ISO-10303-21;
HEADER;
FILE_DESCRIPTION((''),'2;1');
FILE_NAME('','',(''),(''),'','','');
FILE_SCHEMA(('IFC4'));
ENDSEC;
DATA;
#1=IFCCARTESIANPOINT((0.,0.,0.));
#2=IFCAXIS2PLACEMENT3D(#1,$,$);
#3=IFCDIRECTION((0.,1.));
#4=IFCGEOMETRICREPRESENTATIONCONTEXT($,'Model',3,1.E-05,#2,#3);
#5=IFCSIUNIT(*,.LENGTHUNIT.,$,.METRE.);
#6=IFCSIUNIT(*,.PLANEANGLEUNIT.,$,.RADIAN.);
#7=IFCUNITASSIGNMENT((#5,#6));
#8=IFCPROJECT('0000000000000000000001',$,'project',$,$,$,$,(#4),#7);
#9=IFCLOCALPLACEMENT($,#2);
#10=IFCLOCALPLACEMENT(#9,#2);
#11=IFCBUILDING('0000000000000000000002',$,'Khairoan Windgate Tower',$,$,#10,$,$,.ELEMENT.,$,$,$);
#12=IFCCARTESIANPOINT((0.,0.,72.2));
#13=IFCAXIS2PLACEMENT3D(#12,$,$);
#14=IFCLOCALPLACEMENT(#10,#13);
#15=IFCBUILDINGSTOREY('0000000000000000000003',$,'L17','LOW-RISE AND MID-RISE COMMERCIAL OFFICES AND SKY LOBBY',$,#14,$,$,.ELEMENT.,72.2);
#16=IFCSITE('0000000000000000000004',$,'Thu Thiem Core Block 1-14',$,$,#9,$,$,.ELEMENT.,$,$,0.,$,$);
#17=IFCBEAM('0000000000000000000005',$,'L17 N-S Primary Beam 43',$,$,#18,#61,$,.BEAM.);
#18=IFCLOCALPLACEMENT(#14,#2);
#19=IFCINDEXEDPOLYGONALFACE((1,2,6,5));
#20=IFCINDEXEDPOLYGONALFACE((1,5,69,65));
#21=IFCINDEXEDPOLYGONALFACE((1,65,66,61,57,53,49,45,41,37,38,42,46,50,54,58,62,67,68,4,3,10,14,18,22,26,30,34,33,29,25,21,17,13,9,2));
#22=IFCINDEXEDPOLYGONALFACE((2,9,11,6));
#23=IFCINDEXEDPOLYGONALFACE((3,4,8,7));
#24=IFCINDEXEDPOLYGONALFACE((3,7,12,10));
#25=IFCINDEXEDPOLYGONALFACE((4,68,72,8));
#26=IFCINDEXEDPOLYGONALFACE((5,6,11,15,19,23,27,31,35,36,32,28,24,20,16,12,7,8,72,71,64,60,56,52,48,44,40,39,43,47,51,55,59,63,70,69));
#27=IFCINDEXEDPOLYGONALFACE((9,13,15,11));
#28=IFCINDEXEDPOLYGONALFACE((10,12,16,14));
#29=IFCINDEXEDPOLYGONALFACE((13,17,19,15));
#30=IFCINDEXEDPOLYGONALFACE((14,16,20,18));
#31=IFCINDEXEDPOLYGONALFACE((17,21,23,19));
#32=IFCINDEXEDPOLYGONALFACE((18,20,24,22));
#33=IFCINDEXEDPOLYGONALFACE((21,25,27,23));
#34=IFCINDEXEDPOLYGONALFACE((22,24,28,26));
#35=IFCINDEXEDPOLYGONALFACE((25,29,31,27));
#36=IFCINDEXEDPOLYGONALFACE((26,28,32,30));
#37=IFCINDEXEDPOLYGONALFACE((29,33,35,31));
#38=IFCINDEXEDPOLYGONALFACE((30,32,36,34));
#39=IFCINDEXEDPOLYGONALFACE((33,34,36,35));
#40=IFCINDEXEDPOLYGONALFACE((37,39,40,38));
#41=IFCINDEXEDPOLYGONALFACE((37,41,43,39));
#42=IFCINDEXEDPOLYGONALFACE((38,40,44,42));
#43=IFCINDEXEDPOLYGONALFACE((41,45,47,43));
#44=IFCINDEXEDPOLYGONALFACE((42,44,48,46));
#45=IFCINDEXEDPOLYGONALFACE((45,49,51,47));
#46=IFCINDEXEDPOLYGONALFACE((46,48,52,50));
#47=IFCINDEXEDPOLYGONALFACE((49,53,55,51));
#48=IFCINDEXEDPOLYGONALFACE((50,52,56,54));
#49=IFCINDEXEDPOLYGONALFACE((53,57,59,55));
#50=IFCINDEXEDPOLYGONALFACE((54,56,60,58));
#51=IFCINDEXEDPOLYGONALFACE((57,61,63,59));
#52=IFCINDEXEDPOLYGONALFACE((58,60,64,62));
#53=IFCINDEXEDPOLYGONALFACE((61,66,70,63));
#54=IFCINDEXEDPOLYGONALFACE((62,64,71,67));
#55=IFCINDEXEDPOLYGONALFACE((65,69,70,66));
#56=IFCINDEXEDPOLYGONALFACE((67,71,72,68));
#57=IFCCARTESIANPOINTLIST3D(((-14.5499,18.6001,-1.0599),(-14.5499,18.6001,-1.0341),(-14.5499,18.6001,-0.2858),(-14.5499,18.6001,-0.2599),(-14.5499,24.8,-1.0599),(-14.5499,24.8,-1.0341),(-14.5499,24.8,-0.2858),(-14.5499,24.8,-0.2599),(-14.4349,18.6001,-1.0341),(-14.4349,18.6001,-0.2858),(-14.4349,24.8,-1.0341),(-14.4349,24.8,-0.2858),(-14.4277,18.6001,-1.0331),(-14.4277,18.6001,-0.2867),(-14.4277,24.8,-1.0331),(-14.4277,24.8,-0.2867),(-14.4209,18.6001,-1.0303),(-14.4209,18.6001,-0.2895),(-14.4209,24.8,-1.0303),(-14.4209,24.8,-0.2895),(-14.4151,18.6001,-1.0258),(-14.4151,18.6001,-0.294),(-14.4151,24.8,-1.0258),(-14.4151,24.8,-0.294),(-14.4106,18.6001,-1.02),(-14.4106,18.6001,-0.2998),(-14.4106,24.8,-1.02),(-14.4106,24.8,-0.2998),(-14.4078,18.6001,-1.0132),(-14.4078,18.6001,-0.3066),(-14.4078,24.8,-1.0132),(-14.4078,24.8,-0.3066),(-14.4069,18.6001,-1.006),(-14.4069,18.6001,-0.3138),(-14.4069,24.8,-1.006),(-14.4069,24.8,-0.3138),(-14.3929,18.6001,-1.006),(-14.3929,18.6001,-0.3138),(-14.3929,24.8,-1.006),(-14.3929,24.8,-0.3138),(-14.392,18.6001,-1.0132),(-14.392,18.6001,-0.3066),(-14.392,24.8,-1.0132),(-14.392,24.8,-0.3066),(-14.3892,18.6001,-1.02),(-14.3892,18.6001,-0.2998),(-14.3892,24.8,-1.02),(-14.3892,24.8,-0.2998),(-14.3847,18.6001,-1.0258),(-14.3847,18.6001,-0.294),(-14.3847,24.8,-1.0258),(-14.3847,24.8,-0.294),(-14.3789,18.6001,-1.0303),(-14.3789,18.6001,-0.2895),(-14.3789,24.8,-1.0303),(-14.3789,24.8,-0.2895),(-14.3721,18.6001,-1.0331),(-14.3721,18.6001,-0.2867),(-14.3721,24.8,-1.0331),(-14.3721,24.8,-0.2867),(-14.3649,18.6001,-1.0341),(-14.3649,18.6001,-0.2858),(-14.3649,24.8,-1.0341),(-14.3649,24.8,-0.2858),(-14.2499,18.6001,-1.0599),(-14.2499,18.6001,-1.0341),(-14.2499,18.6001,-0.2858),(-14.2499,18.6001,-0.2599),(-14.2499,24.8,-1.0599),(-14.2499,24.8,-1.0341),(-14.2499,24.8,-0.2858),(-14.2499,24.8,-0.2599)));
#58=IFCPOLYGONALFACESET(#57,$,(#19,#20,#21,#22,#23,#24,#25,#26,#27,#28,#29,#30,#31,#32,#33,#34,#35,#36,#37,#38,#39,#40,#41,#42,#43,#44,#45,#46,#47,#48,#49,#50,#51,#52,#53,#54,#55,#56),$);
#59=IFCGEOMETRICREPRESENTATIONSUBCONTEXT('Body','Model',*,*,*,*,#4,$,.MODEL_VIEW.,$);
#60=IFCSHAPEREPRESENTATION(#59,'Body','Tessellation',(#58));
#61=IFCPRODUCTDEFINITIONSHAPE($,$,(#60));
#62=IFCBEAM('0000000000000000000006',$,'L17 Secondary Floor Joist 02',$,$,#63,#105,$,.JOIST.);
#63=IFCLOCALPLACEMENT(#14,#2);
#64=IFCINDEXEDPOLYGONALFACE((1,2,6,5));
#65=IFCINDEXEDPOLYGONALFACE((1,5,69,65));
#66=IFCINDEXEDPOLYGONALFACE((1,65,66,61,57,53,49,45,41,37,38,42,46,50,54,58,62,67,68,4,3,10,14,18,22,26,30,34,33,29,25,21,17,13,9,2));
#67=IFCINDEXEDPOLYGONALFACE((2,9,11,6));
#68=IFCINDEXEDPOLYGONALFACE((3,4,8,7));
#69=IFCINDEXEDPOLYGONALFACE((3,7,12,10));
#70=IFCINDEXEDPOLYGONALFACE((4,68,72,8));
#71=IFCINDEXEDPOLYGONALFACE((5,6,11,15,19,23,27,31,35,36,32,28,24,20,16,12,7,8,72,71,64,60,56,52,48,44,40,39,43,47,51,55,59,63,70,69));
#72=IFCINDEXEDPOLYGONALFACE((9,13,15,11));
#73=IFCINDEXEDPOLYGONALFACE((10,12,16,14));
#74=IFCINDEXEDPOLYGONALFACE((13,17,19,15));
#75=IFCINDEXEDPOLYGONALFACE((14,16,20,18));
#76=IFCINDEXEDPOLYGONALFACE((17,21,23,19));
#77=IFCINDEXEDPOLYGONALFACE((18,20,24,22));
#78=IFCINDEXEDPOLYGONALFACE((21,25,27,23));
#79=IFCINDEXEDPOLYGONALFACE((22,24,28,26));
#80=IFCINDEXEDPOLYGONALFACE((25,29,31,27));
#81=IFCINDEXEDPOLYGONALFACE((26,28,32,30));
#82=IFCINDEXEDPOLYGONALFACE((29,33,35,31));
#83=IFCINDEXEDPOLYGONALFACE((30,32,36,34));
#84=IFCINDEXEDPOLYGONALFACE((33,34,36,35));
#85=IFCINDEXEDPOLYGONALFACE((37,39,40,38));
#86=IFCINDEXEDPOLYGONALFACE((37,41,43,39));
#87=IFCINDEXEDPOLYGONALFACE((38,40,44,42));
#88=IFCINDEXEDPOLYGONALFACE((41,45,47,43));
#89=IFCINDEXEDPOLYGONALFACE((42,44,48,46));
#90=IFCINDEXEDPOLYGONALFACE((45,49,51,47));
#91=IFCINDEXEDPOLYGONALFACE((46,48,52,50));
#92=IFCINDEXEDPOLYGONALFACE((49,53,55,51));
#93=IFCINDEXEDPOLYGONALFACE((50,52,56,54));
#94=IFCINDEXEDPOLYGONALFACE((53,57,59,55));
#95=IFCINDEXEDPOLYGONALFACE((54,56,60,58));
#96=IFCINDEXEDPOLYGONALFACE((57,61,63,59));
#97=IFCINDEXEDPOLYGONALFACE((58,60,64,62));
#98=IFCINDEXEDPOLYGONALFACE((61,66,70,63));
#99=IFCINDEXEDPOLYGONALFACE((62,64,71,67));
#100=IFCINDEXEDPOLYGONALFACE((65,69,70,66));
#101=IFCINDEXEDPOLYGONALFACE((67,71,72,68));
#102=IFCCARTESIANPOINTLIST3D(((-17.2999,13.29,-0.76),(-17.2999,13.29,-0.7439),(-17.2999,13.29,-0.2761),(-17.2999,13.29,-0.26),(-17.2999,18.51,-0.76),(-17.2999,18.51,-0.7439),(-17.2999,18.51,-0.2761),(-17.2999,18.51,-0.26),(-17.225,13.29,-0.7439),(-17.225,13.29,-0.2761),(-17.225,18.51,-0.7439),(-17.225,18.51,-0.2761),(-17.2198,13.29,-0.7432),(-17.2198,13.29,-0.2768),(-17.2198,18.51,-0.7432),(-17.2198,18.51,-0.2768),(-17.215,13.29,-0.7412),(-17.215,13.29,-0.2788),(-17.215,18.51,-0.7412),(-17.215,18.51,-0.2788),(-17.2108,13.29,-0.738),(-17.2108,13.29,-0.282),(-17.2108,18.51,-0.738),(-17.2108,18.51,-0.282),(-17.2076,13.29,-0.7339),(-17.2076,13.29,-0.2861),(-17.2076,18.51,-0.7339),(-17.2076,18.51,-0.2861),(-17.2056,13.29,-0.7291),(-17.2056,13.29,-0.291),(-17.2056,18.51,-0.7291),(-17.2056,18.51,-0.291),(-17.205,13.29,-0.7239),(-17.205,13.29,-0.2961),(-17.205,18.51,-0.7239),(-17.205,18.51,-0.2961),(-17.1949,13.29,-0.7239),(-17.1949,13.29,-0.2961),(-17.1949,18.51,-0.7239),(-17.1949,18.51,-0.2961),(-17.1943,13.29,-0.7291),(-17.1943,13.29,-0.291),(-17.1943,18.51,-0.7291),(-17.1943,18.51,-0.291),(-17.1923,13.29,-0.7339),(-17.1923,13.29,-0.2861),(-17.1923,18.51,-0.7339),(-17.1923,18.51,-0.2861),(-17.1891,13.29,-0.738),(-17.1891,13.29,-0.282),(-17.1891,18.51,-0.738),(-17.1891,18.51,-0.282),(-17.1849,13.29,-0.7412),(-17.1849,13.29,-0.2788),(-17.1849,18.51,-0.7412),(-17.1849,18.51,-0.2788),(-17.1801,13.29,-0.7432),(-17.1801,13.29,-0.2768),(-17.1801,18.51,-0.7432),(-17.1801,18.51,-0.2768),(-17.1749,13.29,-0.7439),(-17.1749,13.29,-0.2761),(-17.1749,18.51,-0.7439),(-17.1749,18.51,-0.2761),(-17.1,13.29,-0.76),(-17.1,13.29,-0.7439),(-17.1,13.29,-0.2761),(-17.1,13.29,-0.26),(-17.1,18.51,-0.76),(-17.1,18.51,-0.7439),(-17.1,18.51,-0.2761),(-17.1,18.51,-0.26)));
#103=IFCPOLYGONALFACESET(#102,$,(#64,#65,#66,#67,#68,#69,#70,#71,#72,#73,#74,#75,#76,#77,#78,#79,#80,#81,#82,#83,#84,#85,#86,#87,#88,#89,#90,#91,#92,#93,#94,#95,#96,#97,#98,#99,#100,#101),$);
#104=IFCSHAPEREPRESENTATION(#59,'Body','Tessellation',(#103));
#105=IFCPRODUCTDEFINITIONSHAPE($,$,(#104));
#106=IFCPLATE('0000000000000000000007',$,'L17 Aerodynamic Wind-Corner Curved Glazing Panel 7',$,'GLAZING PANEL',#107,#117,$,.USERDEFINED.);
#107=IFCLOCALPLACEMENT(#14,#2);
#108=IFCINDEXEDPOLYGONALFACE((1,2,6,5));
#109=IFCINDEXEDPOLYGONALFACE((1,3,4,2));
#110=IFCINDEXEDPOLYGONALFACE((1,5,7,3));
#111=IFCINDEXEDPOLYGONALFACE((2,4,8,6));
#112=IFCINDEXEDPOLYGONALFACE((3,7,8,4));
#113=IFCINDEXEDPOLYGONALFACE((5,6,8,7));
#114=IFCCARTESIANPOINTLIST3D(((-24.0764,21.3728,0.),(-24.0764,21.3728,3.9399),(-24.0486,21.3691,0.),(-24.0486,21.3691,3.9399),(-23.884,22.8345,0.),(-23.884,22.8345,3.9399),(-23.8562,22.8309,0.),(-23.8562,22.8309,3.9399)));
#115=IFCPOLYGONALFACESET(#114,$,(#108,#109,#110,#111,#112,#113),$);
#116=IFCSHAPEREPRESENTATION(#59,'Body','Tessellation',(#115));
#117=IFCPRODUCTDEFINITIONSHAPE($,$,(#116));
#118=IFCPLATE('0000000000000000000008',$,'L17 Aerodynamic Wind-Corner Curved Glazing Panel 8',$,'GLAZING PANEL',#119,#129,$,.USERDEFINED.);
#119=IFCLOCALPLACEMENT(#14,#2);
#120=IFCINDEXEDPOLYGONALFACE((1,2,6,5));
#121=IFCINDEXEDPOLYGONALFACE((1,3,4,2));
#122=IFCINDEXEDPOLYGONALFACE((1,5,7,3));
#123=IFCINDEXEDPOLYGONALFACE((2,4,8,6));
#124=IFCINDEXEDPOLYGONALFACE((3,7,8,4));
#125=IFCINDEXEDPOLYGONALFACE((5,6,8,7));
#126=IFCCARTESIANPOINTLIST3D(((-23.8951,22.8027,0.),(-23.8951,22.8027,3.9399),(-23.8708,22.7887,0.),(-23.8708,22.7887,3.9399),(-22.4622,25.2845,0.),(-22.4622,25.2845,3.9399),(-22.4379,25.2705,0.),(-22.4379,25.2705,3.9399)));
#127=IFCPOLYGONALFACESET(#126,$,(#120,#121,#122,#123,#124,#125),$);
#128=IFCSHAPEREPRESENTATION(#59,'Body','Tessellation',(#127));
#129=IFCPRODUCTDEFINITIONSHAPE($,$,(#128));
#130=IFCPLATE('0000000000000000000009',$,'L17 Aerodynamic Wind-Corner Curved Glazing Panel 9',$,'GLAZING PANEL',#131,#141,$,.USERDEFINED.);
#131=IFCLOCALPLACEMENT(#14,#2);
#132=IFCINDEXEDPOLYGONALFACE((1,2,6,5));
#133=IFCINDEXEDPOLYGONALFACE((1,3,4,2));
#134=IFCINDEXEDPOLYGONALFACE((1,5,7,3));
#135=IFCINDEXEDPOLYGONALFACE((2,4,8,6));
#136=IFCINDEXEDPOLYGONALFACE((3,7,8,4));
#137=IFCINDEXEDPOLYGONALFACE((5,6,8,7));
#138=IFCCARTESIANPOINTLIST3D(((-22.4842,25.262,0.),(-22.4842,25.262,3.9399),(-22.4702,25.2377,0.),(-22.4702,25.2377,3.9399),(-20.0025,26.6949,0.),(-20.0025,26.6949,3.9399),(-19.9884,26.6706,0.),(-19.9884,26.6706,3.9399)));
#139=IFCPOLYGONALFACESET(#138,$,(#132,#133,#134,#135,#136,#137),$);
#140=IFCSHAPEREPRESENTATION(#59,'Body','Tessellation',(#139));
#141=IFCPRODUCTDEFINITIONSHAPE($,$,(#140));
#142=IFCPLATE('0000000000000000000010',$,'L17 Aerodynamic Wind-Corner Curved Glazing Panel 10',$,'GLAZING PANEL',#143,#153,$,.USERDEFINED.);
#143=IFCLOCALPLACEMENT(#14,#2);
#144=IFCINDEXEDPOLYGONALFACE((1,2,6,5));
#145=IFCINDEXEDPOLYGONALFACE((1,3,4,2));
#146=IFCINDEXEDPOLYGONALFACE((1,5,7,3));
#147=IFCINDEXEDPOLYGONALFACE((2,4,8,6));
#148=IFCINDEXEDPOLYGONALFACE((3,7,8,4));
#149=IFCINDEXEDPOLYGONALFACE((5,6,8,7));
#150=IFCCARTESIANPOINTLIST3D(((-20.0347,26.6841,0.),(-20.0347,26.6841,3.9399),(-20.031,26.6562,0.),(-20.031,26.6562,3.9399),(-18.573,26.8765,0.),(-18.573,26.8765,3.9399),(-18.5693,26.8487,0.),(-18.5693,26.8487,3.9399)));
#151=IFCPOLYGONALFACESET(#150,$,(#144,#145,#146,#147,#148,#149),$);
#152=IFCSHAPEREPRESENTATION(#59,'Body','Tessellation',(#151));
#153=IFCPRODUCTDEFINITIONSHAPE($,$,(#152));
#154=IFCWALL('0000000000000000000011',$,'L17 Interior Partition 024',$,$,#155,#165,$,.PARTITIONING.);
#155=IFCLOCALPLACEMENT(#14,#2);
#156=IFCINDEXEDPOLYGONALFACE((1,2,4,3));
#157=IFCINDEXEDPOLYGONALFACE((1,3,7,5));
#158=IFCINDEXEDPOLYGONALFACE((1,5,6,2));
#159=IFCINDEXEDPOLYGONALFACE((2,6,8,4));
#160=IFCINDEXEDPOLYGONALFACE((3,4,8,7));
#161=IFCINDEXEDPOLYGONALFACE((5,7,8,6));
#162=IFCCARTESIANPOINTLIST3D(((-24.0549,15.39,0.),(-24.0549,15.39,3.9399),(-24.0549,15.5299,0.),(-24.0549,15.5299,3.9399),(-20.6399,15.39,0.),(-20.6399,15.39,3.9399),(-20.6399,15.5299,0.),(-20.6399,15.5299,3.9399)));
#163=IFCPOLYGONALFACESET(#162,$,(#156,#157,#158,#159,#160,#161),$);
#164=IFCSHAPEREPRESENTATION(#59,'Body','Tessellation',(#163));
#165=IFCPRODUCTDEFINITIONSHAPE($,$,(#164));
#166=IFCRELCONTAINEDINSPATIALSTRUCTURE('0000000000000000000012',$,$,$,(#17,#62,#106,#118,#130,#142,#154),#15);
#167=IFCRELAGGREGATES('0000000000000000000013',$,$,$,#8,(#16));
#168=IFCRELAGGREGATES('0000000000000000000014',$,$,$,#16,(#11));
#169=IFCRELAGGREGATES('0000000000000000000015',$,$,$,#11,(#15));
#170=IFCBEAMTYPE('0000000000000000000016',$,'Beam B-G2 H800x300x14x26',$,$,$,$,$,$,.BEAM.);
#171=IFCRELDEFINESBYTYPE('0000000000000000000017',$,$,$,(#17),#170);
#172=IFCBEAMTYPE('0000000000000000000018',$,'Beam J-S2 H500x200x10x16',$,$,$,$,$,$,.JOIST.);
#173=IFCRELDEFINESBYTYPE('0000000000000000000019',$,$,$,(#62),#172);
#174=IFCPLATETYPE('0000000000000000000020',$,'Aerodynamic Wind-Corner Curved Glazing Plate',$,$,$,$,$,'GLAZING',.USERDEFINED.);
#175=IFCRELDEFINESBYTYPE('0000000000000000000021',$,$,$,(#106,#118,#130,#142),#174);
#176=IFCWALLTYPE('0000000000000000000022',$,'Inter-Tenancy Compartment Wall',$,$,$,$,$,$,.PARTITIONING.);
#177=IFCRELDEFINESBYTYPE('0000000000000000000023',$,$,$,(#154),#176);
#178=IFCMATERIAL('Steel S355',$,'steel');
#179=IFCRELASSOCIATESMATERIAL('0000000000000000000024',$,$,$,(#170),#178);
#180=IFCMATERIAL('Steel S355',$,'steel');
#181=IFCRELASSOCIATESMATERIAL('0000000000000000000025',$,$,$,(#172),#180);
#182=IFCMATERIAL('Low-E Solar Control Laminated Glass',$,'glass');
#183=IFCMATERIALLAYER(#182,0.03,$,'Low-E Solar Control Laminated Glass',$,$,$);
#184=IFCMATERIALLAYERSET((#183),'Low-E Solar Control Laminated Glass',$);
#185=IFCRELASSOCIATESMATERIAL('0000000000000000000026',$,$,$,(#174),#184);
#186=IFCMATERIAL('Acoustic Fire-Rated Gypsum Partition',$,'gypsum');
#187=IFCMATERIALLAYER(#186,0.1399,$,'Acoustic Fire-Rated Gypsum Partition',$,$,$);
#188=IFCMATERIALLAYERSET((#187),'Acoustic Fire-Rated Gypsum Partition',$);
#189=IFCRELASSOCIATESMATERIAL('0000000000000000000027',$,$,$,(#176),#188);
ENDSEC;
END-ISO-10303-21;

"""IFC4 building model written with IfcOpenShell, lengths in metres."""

from ifc_helpers import new_model, si_unit, direction, frame, frame_2d, origin, origin_2d, place, context, subcontext, project, spatial, rectangle, i_section, extrude, material, layer, layer_set, material_profile, profile_set, type_object, element, save


model = new_model("IFC4")

# Units and contexts
model_context = context("Model", 3, precision=1e-05, world=origin(), true_north=direction((0.0, 1.0)))
body_context = subcontext(model_context, "Body", "Model", "MODEL_VIEW")
ifc_project = project(units=[si_unit("LENGTHUNIT", "METRE"), si_unit("PLANEANGLEUNIT", "RADIAN")], contexts=[model_context])

# Site, building, storey
site_placement = place(None, origin())
site = spatial("IfcSite", under=ifc_project, at=site_placement, Name="Thu Thiem Core Block 1-14", CompositionType="ELEMENT", RefElevation=0.0)
building_placement = place(site_placement, origin())
building = spatial("IfcBuilding", under=site, at=building_placement, Name="Khairoan Windgate Tower", CompositionType="ELEMENT")
storey_placement = place(building_placement, frame((0.0, 0.0, 72.2)))
storey = spatial("IfcBuildingStorey", under=building, at=storey_placement, Name="L17", Description="LOW-RISE AND MID-RISE COMMERCIAL OFFICES AND SKY LOBBY", CompositionType="ELEMENT", Elevation=72.2)

# Beams
ifc_material_1 = material(Name="Steel S355", Category="steel")
ifc_material_profile_1 = material_profile(ifc_material_1, i_section(OverallWidth=0.3, OverallDepth=0.8, WebThickness=0.0139, FlangeThickness=0.0259, FilletRadius=0.0281, at=origin_2d()))
ifc_profile_set_1 = profile_set([ifc_material_profile_1], Name="Steel S355")
beam_type_1 = type_object("IfcBeamType", Name="Beam B-G2 H800x300x14x26", PredefinedType="BEAM", material=ifc_profile_set_1)
beam_1_placement = place(storey_placement, frame((-14.3999, 18.6001, -0.6599), z_axis=(0.0, 1.0, 0.0), x_axis=(-1.0, 0.0, 0.0)))
element("IfcBeam", 1, at=beam_1_placement, inside=storey, type_object=beam_type_1, Name="L17 N-S Primary Beam 43", PredefinedType="BEAM", context=body_context, shape_type="SweptSolid", body=[
    extrude(i_section(OverallWidth=0.3, OverallDepth=0.8, WebThickness=0.0139, FlangeThickness=0.0259, FilletRadius=0.0281, at=origin_2d()), origin(), (0.0, 0.0, 1.0), 6.2),
])
ifc_material_2 = material(Name="Steel S355", Category="steel")
ifc_material_profile_2 = material_profile(ifc_material_2, i_section(OverallWidth=0.2, OverallDepth=0.5, WebThickness=0.01, FlangeThickness=0.0161, FilletRadius=0.02, at=origin_2d()))
ifc_profile_set_2 = profile_set([ifc_material_profile_2], Name="Steel S355")
beam_type_2 = type_object("IfcBeamType", Name="Beam J-S2 H500x200x10x16", PredefinedType="JOIST", material=ifc_profile_set_2)
beam_2_placement = place(storey_placement, frame((-17.2, 13.29, -0.51), z_axis=(0.0, 1.0, 0.0), x_axis=(-1.0, 0.0, 0.0)))
element("IfcBeam", 2, at=beam_2_placement, inside=storey, type_object=beam_type_2, Name="L17 Secondary Floor Joist 02", PredefinedType="JOIST", context=body_context, shape_type="SweptSolid", body=[
    extrude(i_section(OverallWidth=0.2, OverallDepth=0.5, WebThickness=0.01, FlangeThickness=0.0161, FilletRadius=0.02, at=origin_2d()), origin(), (0.0, 0.0, 1.0), 5.22),
])

# Plates
ifc_material_3 = material(Name="Low-E Solar Control Laminated Glass", Category="glass")
ifc_layer_1 = layer(ifc_material_3, 0.03, Name="Low-E Solar Control Laminated Glass")
ifc_layer_set_1 = layer_set([ifc_layer_1], Name="Low-E Solar Control Laminated Glass")
plate_type_1 = type_object("IfcPlateType", Name="Aerodynamic Wind-Corner Curved Glazing Plate", ElementType="GLAZING", PredefinedType="USERDEFINED", material=ifc_layer_set_1)
plate_1_placement = place(storey_placement, frame((-23.9663, 22.1018, 0.0), z_axis=(0.0, 0.0, 1.0), x_axis=(0.130526, 0.991445, 0.0)))
element("IfcPlate", 3, at=plate_1_placement, inside=storey, type_object=plate_type_1, Name="L17 Aerodynamic Wind-Corner Curved Glazing Panel 7", ObjectType="GLAZING PANEL", PredefinedType="USERDEFINED", context=body_context, shape_type="SweptSolid", body=[
    extrude(rectangle(XDim=1.4744, YDim=0.0281, at=origin_2d()), origin(), (0.0, 0.0, 1.0), 3.9399),
])
for number, where, z_axis, x_axis, name in (
    (4, (-23.1665, 24.0366, 0.0), (0.0, 0.0, 1.0), (0.5, 0.866025, 0.0), "L17 Aerodynamic Wind-Corner Curved Glazing Panel 8"),
    (5, (-21.2363, 25.9663, 0.0), (0.0, 0.0, 1.0), (0.866025, 0.5, 0.0), "L17 Aerodynamic Wind-Corner Curved Glazing Panel 9"),
):
    element("IfcPlate", number, at=place(storey_placement, frame(where, z_axis=z_axis, x_axis=x_axis)), inside=storey, type_object=plate_type_1, Name=name, ObjectType="GLAZING PANEL", PredefinedType="USERDEFINED", context=body_context, shape_type="SweptSolid", body=[
        extrude(rectangle(XDim=2.8657, YDim=0.0281, at=origin_2d()), origin(), (0.0, 0.0, 1.0), 3.9399),
    ])
plate_2_placement = place(storey_placement, frame((-19.302, 26.7664, 0.0), z_axis=(0.0, 0.0, 1.0), x_axis=(0.991445, 0.130526, 0.0)))
element("IfcPlate", 6, at=plate_2_placement, inside=storey, type_object=plate_type_1, Name="L17 Aerodynamic Wind-Corner Curved Glazing Panel 10", ObjectType="GLAZING PANEL", PredefinedType="USERDEFINED", context=body_context, shape_type="SweptSolid", body=[
    extrude(rectangle(XDim=1.4744, YDim=0.0281, at=origin_2d()), origin(), (0.0, 0.0, 1.0), 3.9399),
])

# Wall
ifc_material_4 = material(Name="Acoustic Fire-Rated Gypsum Partition", Category="gypsum")
ifc_layer_2 = layer(ifc_material_4, 0.1399, Name="Acoustic Fire-Rated Gypsum Partition")
ifc_layer_set_2 = layer_set([ifc_layer_2], Name="Acoustic Fire-Rated Gypsum Partition")
wall_type_1 = type_object("IfcWallType", Name="Inter-Tenancy Compartment Wall", PredefinedType="PARTITIONING", material=ifc_layer_set_2)
wall_1_placement = place(storey_placement, frame((-24.0549, 15.46, 0.0), z_axis=(0.0, 0.0, 1.0), x_axis=(1.0, 0.0, 0.0)))
element("IfcWall", 7, at=wall_1_placement, inside=storey, type_object=wall_type_1, Name="L17 Interior Partition 024", PredefinedType="PARTITIONING", context=body_context, shape_type="SweptSolid", body=[
    extrude(rectangle(XDim=3.415, YDim=0.1399, at=frame_2d((1.7075, 0.0))), origin(), (0.0, 0.0, 1.0), 3.9399),
])

save(model, "model.ifc")
